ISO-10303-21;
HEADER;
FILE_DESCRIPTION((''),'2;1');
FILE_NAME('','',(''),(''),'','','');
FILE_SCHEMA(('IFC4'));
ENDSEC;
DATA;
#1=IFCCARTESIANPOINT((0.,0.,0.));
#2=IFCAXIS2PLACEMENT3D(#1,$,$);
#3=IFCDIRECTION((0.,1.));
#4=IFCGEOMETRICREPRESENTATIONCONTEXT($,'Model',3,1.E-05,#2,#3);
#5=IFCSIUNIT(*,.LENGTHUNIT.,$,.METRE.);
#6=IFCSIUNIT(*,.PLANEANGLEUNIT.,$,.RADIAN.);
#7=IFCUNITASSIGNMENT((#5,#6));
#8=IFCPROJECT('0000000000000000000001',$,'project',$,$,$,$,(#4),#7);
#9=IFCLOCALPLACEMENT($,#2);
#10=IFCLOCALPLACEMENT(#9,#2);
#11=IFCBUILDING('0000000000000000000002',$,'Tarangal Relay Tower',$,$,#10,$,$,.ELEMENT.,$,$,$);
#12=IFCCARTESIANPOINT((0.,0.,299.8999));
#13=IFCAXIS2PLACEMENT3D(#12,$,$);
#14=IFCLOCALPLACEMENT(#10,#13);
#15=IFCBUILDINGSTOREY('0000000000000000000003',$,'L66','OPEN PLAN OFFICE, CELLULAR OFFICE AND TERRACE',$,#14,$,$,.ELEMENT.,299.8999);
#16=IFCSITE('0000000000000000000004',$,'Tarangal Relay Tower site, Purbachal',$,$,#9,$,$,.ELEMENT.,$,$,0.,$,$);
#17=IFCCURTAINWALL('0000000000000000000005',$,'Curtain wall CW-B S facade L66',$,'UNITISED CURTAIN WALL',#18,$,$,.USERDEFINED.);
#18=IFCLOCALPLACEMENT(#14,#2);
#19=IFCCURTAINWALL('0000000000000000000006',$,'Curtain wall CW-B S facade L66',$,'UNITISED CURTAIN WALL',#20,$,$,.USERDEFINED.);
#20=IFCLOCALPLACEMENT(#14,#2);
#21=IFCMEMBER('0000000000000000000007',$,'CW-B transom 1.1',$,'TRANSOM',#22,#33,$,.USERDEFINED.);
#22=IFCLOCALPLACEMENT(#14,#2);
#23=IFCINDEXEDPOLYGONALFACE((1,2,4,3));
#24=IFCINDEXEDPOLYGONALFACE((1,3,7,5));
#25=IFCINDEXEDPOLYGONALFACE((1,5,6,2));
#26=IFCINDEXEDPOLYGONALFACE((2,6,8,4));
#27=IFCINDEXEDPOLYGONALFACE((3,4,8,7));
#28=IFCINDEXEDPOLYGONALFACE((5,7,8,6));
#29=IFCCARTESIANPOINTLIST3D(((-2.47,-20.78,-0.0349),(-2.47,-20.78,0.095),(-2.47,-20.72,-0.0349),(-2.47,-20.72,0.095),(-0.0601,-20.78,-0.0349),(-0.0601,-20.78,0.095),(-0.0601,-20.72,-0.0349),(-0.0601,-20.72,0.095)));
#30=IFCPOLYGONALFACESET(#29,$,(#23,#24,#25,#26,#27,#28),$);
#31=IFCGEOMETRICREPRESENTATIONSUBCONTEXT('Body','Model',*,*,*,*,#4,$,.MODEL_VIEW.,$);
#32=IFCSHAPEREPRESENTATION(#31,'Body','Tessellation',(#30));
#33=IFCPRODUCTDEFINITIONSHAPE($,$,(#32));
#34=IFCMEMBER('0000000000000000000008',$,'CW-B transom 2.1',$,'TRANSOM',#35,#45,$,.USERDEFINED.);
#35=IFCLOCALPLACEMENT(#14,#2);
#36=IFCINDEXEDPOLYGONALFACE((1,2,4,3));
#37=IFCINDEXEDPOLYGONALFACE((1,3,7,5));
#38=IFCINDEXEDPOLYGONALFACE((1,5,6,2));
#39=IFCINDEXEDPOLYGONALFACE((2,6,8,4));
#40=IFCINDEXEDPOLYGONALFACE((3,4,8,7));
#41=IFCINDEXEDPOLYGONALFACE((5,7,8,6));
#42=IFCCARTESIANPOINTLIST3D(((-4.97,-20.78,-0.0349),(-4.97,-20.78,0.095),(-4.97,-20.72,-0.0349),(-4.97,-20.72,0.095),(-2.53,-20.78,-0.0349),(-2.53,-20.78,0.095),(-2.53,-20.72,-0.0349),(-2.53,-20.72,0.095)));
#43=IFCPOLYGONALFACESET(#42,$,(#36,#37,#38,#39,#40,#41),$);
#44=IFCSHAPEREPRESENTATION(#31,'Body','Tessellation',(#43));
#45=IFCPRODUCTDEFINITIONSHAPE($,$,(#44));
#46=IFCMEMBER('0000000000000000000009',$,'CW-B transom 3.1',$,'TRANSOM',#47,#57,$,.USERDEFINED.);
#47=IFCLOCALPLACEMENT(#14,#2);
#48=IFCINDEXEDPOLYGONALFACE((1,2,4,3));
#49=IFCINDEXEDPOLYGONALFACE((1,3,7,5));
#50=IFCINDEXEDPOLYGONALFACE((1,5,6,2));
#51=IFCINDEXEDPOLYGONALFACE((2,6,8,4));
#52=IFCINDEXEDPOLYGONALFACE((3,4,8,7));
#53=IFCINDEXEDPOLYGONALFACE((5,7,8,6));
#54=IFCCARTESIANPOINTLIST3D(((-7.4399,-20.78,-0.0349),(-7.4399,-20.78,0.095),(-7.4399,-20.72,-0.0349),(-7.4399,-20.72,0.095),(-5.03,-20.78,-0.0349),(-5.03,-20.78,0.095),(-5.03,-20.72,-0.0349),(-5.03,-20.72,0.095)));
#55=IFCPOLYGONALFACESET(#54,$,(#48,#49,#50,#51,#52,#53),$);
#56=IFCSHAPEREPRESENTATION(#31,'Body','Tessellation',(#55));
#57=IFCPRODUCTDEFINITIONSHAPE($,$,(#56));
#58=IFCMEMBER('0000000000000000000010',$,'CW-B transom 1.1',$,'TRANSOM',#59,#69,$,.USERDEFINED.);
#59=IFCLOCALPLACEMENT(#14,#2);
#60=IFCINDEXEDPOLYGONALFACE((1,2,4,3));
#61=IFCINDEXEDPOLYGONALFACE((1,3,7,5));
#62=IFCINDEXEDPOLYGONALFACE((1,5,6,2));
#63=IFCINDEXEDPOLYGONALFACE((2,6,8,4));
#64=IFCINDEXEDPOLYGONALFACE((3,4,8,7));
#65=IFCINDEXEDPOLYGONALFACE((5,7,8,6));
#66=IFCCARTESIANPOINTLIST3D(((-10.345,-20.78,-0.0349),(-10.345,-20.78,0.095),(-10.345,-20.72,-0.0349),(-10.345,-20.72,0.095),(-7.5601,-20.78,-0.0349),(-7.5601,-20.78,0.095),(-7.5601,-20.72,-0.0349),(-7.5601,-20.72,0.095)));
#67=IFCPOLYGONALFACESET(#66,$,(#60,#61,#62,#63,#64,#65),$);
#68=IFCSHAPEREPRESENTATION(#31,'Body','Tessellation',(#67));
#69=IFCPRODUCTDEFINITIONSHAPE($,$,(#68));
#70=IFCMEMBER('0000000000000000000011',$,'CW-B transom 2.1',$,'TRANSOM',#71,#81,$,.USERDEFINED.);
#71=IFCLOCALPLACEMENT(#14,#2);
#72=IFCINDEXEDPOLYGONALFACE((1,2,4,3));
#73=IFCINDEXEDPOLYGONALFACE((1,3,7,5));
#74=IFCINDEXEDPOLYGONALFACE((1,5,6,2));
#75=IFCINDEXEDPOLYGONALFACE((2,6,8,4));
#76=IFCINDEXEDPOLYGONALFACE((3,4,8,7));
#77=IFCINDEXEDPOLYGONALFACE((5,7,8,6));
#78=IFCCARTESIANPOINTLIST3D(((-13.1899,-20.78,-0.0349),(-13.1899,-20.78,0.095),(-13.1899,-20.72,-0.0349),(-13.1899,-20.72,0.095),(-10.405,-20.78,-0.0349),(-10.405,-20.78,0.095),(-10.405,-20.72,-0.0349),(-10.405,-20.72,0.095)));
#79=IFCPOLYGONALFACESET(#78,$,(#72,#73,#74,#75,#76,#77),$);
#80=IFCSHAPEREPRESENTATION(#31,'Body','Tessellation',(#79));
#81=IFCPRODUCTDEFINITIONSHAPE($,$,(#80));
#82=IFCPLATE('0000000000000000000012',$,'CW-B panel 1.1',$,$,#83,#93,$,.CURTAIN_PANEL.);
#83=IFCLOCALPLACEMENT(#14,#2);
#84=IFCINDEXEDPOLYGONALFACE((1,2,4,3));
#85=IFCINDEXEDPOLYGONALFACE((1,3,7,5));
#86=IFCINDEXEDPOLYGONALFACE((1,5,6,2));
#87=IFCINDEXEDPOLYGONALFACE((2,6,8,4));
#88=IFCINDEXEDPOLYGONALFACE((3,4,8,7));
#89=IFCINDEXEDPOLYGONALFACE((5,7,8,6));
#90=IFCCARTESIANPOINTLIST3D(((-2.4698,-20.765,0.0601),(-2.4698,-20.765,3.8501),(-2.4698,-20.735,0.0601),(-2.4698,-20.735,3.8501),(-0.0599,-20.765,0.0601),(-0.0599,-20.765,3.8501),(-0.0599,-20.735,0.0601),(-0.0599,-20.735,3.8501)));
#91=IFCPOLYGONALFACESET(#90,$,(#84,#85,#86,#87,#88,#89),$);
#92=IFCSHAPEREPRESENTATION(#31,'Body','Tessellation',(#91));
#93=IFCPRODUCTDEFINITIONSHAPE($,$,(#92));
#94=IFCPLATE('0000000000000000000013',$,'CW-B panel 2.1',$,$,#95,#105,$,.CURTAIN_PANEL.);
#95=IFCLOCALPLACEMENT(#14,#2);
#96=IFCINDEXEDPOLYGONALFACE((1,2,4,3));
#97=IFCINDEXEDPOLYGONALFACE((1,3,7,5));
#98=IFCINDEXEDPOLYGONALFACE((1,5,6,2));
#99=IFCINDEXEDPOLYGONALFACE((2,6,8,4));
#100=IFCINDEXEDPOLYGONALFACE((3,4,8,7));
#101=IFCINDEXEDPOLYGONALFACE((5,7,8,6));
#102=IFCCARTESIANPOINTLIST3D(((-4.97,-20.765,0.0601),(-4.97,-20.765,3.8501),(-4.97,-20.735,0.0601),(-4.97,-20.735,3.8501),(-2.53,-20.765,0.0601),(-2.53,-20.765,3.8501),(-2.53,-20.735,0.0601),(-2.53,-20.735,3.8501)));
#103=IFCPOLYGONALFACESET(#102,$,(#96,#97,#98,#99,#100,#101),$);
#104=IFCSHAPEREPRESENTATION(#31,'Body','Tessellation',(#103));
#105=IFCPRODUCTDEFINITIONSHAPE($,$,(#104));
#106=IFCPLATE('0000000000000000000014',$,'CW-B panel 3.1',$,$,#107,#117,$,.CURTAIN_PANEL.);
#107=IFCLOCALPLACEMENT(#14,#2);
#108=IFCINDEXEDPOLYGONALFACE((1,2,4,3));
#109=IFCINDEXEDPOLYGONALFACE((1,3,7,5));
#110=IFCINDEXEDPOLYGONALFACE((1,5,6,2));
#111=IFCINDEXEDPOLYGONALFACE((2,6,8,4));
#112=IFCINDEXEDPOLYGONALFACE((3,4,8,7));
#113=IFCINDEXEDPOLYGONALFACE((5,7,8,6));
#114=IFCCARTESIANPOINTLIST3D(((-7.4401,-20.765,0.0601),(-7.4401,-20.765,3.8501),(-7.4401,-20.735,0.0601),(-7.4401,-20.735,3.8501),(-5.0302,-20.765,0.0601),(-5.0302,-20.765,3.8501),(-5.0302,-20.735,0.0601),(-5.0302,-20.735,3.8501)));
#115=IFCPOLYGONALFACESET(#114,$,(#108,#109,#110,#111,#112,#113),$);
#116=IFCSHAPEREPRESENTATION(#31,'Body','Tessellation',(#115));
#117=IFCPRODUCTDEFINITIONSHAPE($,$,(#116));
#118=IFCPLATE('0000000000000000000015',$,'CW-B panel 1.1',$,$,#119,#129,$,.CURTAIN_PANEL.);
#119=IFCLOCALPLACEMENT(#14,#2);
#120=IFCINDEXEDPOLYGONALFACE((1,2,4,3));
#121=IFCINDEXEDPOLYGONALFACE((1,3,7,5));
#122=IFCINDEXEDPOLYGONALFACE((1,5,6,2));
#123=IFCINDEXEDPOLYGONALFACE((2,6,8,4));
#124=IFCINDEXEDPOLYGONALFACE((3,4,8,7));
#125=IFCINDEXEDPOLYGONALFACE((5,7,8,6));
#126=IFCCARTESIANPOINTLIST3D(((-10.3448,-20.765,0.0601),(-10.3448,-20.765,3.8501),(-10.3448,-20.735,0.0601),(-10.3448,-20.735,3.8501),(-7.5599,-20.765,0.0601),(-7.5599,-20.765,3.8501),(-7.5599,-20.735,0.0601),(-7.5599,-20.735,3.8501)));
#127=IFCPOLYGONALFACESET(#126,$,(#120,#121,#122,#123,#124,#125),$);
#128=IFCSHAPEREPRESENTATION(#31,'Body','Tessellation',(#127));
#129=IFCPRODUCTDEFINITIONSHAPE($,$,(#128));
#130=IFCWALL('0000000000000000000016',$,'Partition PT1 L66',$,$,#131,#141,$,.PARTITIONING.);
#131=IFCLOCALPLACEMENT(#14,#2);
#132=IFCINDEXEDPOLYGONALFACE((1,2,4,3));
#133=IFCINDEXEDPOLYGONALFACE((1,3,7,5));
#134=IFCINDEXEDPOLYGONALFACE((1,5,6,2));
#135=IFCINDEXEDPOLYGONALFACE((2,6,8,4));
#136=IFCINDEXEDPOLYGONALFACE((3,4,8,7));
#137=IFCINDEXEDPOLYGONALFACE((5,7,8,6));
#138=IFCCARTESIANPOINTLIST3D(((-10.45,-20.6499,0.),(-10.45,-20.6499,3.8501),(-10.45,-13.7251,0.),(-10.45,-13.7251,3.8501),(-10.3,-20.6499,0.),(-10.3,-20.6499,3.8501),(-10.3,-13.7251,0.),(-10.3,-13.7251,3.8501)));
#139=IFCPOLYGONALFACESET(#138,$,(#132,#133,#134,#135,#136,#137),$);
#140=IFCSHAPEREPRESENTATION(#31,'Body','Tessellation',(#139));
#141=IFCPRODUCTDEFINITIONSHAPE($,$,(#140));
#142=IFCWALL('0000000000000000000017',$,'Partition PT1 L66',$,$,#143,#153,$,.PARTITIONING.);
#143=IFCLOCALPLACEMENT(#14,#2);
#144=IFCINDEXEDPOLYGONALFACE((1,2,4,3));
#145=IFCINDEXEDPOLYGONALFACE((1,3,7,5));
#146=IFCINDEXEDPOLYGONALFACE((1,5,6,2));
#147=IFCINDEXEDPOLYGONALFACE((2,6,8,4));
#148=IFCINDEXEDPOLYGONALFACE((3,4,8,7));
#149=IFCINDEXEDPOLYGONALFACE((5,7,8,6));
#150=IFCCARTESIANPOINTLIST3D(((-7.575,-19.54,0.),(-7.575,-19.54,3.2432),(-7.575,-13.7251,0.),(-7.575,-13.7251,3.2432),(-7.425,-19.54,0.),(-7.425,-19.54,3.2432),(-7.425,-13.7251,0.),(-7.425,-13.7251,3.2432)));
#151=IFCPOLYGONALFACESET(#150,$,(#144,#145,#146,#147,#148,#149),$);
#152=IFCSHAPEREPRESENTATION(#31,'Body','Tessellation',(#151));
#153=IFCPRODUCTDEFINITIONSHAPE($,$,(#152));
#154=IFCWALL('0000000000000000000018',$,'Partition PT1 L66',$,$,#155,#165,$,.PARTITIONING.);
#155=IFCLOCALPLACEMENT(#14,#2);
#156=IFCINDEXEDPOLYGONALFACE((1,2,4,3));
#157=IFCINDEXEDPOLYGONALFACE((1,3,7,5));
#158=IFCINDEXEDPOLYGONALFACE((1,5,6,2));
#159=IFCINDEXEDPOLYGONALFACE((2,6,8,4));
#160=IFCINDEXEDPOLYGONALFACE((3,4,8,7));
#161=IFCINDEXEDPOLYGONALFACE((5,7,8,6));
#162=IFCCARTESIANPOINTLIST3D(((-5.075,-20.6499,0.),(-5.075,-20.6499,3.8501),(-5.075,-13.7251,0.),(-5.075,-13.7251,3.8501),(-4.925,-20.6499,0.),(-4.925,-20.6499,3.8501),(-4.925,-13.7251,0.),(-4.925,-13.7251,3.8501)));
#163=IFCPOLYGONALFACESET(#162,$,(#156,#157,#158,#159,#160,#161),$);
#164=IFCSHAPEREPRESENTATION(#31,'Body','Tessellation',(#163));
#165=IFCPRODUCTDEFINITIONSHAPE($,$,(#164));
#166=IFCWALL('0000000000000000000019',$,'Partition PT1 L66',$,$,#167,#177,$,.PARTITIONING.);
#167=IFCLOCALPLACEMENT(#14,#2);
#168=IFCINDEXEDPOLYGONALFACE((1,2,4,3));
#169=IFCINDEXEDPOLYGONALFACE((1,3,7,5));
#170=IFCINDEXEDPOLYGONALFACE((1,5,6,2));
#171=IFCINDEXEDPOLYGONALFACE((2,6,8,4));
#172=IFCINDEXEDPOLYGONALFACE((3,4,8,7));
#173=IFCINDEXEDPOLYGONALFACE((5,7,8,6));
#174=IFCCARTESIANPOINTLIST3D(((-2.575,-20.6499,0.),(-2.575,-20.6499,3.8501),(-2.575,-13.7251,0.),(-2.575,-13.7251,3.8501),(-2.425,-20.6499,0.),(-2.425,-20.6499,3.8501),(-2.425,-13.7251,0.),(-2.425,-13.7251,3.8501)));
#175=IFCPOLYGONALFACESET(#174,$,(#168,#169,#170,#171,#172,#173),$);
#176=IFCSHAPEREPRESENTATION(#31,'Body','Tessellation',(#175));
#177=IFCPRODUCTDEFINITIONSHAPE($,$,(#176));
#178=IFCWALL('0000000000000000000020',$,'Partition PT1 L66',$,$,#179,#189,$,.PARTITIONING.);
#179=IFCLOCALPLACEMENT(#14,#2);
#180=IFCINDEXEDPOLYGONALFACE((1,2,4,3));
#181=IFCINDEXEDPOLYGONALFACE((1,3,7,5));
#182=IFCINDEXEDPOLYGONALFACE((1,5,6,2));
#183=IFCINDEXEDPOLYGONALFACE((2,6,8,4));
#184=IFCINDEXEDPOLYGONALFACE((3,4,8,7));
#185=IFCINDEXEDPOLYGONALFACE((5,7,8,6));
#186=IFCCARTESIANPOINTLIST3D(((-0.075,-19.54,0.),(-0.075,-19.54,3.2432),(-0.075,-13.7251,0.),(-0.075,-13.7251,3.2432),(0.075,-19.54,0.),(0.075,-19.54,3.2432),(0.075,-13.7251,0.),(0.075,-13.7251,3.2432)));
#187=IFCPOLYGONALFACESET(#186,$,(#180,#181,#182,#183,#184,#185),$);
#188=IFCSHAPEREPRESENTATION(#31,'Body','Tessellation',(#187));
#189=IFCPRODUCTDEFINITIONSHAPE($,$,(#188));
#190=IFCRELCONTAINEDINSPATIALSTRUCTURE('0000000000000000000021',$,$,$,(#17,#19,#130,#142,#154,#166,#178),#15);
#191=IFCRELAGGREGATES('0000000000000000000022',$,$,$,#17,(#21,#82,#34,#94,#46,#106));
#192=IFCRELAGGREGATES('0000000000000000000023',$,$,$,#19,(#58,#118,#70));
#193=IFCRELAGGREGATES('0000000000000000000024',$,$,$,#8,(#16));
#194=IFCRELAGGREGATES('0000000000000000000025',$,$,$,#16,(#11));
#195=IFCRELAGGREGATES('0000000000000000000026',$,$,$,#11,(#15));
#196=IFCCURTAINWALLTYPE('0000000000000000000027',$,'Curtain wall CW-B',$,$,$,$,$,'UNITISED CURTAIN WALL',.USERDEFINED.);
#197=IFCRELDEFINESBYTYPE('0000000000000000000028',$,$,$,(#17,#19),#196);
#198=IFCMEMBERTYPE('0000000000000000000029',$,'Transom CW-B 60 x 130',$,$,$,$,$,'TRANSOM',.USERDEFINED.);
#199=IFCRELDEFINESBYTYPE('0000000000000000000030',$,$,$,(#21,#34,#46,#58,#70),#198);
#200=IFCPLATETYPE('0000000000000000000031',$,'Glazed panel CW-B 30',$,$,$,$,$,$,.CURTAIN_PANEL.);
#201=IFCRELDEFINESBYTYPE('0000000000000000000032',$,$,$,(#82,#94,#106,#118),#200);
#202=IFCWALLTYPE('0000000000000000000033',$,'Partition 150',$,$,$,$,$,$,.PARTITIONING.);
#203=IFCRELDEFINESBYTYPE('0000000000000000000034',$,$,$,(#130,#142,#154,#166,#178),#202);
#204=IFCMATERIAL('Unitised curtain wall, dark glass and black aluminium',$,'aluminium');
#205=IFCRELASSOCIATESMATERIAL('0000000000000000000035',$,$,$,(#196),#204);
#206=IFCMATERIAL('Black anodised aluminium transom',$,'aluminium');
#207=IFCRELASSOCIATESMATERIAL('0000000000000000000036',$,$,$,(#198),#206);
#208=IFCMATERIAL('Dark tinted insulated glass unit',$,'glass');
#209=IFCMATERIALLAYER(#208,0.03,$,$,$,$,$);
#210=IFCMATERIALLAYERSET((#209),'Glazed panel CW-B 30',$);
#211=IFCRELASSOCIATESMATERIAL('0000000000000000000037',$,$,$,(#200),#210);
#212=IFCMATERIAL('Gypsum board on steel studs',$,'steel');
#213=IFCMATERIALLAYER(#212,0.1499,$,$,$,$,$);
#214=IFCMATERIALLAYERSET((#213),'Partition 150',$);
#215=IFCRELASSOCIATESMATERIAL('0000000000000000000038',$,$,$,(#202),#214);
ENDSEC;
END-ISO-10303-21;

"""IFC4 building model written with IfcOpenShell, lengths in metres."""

from ifc_helpers import new_model, si_unit, direction, frame, frame_2d, origin, origin_2d, place, context, subcontext, project, spatial, rectangle, extrude, material, layer, layer_set, material_profile, profile_set, type_object, element, aggregate, save


model = new_model("IFC4")

# Units and contexts
model_context = context("Model", 3, precision=1e-05, world=origin(), true_north=direction((0.0, 1.0)))
body_context = subcontext(model_context, "Body", "Model", "MODEL_VIEW")
ifc_project = project(units=[si_unit("LENGTHUNIT", "METRE"), si_unit("PLANEANGLEUNIT", "RADIAN")], contexts=[model_context])

# Site, building, storey
site_placement = place(None, origin())
site = spatial("IfcSite", under=ifc_project, at=site_placement, Name="Tarangal Relay Tower site, Purbachal", CompositionType="ELEMENT", RefElevation=0.0)
building_placement = place(site_placement, origin())
building = spatial("IfcBuilding", under=site, at=building_placement, Name="Tarangal Relay Tower", CompositionType="ELEMENT")
storey_placement = place(building_placement, frame((0.0, 0.0, 299.8999)))
storey = spatial("IfcBuildingStorey", under=building, at=storey_placement, Name="L66", Description="OPEN PLAN OFFICE, CELLULAR OFFICE AND TERRACE", CompositionType="ELEMENT", Elevation=299.8999)

# Curtain walls
ifc_material_1 = material(Name="Unitised curtain wall, dark glass and black aluminium", Category="aluminium")
curtain_wall_type = type_object("IfcCurtainWallType", Name="Curtain wall CW-B", ElementType="UNITISED CURTAIN WALL", PredefinedType="USERDEFINED", material=ifc_material_1)
curtain_wall_1_placement = place(storey_placement, origin())
curtain_wall_1 = element("IfcCurtainWall", 1, at=curtain_wall_1_placement, inside=storey, type_object=curtain_wall_type, Name="Curtain wall CW-B S facade L66", ObjectType="UNITISED CURTAIN WALL", PredefinedType="USERDEFINED")
curtain_wall_2_placement = place(storey_placement, origin())
curtain_wall_2 = element("IfcCurtainWall", 2, at=curtain_wall_2_placement, inside=storey, type_object=curtain_wall_type, Name="Curtain wall CW-B S facade L66", ObjectType="UNITISED CURTAIN WALL", PredefinedType="USERDEFINED")

# Members
ifc_material_2 = material(Name="Black anodised aluminium transom", Category="aluminium")
ifc_material_profile_1 = material_profile(ifc_material_2, rectangle(XDim=0.0601, YDim=0.1299, at=origin_2d()), Name="CW-BT 60X130")
ifc_profile_set_1 = profile_set([ifc_material_profile_1], Name="Black anodised aluminium transom")
member_type_1 = type_object("IfcMemberType", Name="Transom CW-B 60 x 130", ElementType="TRANSOM", PredefinedType="USERDEFINED", material=ifc_profile_set_1)
member_1_placement = place(storey_placement, frame((-0.0601, -20.75, 0.03), z_axis=(-1.0, 0.0, 0.0), x_axis=(0.0, -1.0, 0.0)))
member_1 = element("IfcMember", 3, at=member_1_placement, type_object=member_type_1, Name="CW-B transom 1.1", ObjectType="TRANSOM", PredefinedType="USERDEFINED", context=body_context, shape_type="SweptSolid", body=[
    extrude(rectangle(XDim=0.0601, YDim=0.1299, at=origin_2d()), origin(), (0.0, 0.0, 1.0), 2.4099),
])
member_2_placement = place(storey_placement, frame((-2.53, -20.75, 0.03), z_axis=(-1.0, 0.0, 0.0), x_axis=(0.0, -1.0, 0.0)))
member_2 = element("IfcMember", 4, at=member_2_placement, type_object=member_type_1, Name="CW-B transom 2.1", ObjectType="TRANSOM", PredefinedType="USERDEFINED", context=body_context, shape_type="SweptSolid", body=[
    extrude(rectangle(XDim=0.0601, YDim=0.1299, at=origin_2d()), origin(), (0.0, 0.0, 1.0), 2.4399),
])
member_3_placement = place(storey_placement, frame((-5.03, -20.75, 0.03), z_axis=(-1.0, 0.0, 0.0), x_axis=(0.0, -1.0, 0.0)))
member_3 = element("IfcMember", 5, at=member_3_placement, type_object=member_type_1, Name="CW-B transom 3.1", ObjectType="TRANSOM", PredefinedType="USERDEFINED", context=body_context, shape_type="SweptSolid", body=[
    extrude(rectangle(XDim=0.0601, YDim=0.1299, at=origin_2d()), origin(), (0.0, 0.0, 1.0), 2.4099),
])
member_4_placement = place(storey_placement, frame((-7.5601, -20.75, 0.03), z_axis=(-1.0, 0.0, 0.0), x_axis=(0.0, -1.0, 0.0)))
member_4 = element("IfcMember", 6, at=member_4_placement, type_object=member_type_1, Name="CW-B transom 1.1", ObjectType="TRANSOM", PredefinedType="USERDEFINED", context=body_context, shape_type="SweptSolid", body=[
    extrude(rectangle(XDim=0.0601, YDim=0.1299, at=origin_2d()), origin(), (0.0, 0.0, 1.0), 2.7849),
])
member_5_placement = place(storey_placement, frame((-10.405, -20.75, 0.03), z_axis=(-1.0, 0.0, 0.0), x_axis=(0.0, -1.0, 0.0)))
member_5 = element("IfcMember", 7, at=member_5_placement, type_object=member_type_1, Name="CW-B transom 2.1", ObjectType="TRANSOM", PredefinedType="USERDEFINED", context=body_context, shape_type="SweptSolid", body=[
    extrude(rectangle(XDim=0.0601, YDim=0.1299, at=origin_2d()), origin(), (0.0, 0.0, 1.0), 2.7849),
])

# Plates
ifc_material_3 = material(Name="Dark tinted insulated glass unit", Category="glass")
ifc_layer_1 = layer(ifc_material_3, 0.03)
ifc_layer_set_1 = layer_set([ifc_layer_1], Name="Glazed panel CW-B 30")
plate_type = type_object("IfcPlateType", Name="Glazed panel CW-B 30", PredefinedType="CURTAIN_PANEL", material=ifc_layer_set_1)
plate_1_placement = place(storey_placement, frame((-1.2649, -20.75, 0.0601), z_axis=(0.0, 0.0, 1.0), x_axis=(-1.0, 0.0, 0.0)))
plate_1 = element("IfcPlate", 8, at=plate_1_placement, type_object=plate_type, Name="CW-B panel 1.1", PredefinedType="CURTAIN_PANEL", context=body_context, shape_type="SweptSolid", body=[
    extrude(rectangle(XDim=2.4099, YDim=0.03, at=origin_2d()), origin(), (0.0, 0.0, 1.0), 3.79),
])
plate_2_placement = place(storey_placement, frame((-3.75, -20.75, 0.0601), z_axis=(0.0, 0.0, 1.0), x_axis=(-1.0, 0.0, 0.0)))
plate_2 = element("IfcPlate", 9, at=plate_2_placement, type_object=plate_type, Name="CW-B panel 2.1", PredefinedType="CURTAIN_PANEL", context=body_context, shape_type="SweptSolid", body=[
    extrude(rectangle(XDim=2.4399, YDim=0.03, at=origin_2d()), origin(), (0.0, 0.0, 1.0), 3.79),
])
plate_3_placement = place(storey_placement, frame((-6.2351, -20.75, 0.0601), z_axis=(0.0, 0.0, 1.0), x_axis=(-1.0, 0.0, 0.0)))
plate_3 = element("IfcPlate", 10, at=plate_3_placement, type_object=plate_type, Name="CW-B panel 3.1", PredefinedType="CURTAIN_PANEL", context=body_context, shape_type="SweptSolid", body=[
    extrude(rectangle(XDim=2.4099, YDim=0.03, at=origin_2d()), origin(), (0.0, 0.0, 1.0), 3.79),
])
aggregate(curtain_wall_1, [member_1, plate_1, member_2, plate_2, member_3, plate_3])
plate_4_placement = place(storey_placement, frame((-8.9524, -20.75, 0.0601), z_axis=(0.0, 0.0, 1.0), x_axis=(-1.0, 0.0, 0.0)))
plate_4 = element("IfcPlate", 11, at=plate_4_placement, type_object=plate_type, Name="CW-B panel 1.1", PredefinedType="CURTAIN_PANEL", context=body_context, shape_type="SweptSolid", body=[
    extrude(rectangle(XDim=2.7849, YDim=0.03, at=origin_2d()), origin(), (0.0, 0.0, 1.0), 3.79),
])
aggregate(curtain_wall_2, [member_4, plate_4, member_5])

# Walls
ifc_material_4 = material(Name="Gypsum board on steel studs", Category="steel")
ifc_layer_2 = layer(ifc_material_4, 0.1499)
ifc_layer_set_2 = layer_set([ifc_layer_2], Name="Partition 150")
wall_type = type_object("IfcWallType", Name="Partition 150", PredefinedType="PARTITIONING", material=ifc_layer_set_2)
wall_1_placement = place(storey_placement, frame((-10.375, -20.6499, 0.0), z_axis=(0.0, 0.0, 1.0), x_axis=(0.0, 1.0, 0.0)))
element("IfcWall", 12, at=wall_1_placement, inside=storey, type_object=wall_type, Name="Partition PT1 L66", PredefinedType="PARTITIONING", context=body_context, shape_type="SweptSolid", body=[
    extrude(rectangle(XDim=6.9248, YDim=0.1499, at=frame_2d((3.4624, 0.0))), origin(), (0.0, 0.0, 1.0), 3.8501),
])
wall_2_placement = place(storey_placement, frame((-7.5, -19.54, 0.0), z_axis=(0.0, 0.0, 1.0), x_axis=(0.0, 1.0, 0.0)))
element("IfcWall", 13, at=wall_2_placement, inside=storey, type_object=wall_type, Name="Partition PT1 L66", PredefinedType="PARTITIONING", context=body_context, shape_type="SweptSolid", body=[
    extrude(rectangle(XDim=5.8149, YDim=0.1499, at=frame_2d((2.9075, 0.0))), origin(), (0.0, 0.0, 1.0), 3.2432),
])
for number, where, z_axis, x_axis, name in (
    (14, (-5.0, -20.6499, 0.0), (0.0, 0.0, 1.0), (0.0, 1.0, 0.0), "Partition PT1 L66"),
    (15, (-2.5, -20.6499, 0.0), (0.0, 0.0, 1.0), (0.0, 1.0, 0.0), "Partition PT1 L66"),
):
    element("IfcWall", number, at=place(storey_placement, frame(where, z_axis=z_axis, x_axis=x_axis)), inside=storey, type_object=wall_type, Name=name, PredefinedType="PARTITIONING", context=body_context, shape_type="SweptSolid", body=[
        extrude(rectangle(XDim=6.9248, YDim=0.1499, at=frame_2d((3.4624, 0.0))), origin(), (0.0, 0.0, 1.0), 3.8501),
    ])
wall_3_placement = place(storey_placement, frame((0.0, -19.54, 0.0), z_axis=(0.0, 0.0, 1.0), x_axis=(0.0, 1.0, 0.0)))
element("IfcWall", 16, at=wall_3_placement, inside=storey, type_object=wall_type, Name="Partition PT1 L66", PredefinedType="PARTITIONING", context=body_context, shape_type="SweptSolid", body=[
    extrude(rectangle(XDim=5.8149, YDim=0.1499, at=frame_2d((2.9075, 0.0))), origin(), (0.0, 0.0, 1.0), 3.2432),
])

save(model, "model.ifc")
